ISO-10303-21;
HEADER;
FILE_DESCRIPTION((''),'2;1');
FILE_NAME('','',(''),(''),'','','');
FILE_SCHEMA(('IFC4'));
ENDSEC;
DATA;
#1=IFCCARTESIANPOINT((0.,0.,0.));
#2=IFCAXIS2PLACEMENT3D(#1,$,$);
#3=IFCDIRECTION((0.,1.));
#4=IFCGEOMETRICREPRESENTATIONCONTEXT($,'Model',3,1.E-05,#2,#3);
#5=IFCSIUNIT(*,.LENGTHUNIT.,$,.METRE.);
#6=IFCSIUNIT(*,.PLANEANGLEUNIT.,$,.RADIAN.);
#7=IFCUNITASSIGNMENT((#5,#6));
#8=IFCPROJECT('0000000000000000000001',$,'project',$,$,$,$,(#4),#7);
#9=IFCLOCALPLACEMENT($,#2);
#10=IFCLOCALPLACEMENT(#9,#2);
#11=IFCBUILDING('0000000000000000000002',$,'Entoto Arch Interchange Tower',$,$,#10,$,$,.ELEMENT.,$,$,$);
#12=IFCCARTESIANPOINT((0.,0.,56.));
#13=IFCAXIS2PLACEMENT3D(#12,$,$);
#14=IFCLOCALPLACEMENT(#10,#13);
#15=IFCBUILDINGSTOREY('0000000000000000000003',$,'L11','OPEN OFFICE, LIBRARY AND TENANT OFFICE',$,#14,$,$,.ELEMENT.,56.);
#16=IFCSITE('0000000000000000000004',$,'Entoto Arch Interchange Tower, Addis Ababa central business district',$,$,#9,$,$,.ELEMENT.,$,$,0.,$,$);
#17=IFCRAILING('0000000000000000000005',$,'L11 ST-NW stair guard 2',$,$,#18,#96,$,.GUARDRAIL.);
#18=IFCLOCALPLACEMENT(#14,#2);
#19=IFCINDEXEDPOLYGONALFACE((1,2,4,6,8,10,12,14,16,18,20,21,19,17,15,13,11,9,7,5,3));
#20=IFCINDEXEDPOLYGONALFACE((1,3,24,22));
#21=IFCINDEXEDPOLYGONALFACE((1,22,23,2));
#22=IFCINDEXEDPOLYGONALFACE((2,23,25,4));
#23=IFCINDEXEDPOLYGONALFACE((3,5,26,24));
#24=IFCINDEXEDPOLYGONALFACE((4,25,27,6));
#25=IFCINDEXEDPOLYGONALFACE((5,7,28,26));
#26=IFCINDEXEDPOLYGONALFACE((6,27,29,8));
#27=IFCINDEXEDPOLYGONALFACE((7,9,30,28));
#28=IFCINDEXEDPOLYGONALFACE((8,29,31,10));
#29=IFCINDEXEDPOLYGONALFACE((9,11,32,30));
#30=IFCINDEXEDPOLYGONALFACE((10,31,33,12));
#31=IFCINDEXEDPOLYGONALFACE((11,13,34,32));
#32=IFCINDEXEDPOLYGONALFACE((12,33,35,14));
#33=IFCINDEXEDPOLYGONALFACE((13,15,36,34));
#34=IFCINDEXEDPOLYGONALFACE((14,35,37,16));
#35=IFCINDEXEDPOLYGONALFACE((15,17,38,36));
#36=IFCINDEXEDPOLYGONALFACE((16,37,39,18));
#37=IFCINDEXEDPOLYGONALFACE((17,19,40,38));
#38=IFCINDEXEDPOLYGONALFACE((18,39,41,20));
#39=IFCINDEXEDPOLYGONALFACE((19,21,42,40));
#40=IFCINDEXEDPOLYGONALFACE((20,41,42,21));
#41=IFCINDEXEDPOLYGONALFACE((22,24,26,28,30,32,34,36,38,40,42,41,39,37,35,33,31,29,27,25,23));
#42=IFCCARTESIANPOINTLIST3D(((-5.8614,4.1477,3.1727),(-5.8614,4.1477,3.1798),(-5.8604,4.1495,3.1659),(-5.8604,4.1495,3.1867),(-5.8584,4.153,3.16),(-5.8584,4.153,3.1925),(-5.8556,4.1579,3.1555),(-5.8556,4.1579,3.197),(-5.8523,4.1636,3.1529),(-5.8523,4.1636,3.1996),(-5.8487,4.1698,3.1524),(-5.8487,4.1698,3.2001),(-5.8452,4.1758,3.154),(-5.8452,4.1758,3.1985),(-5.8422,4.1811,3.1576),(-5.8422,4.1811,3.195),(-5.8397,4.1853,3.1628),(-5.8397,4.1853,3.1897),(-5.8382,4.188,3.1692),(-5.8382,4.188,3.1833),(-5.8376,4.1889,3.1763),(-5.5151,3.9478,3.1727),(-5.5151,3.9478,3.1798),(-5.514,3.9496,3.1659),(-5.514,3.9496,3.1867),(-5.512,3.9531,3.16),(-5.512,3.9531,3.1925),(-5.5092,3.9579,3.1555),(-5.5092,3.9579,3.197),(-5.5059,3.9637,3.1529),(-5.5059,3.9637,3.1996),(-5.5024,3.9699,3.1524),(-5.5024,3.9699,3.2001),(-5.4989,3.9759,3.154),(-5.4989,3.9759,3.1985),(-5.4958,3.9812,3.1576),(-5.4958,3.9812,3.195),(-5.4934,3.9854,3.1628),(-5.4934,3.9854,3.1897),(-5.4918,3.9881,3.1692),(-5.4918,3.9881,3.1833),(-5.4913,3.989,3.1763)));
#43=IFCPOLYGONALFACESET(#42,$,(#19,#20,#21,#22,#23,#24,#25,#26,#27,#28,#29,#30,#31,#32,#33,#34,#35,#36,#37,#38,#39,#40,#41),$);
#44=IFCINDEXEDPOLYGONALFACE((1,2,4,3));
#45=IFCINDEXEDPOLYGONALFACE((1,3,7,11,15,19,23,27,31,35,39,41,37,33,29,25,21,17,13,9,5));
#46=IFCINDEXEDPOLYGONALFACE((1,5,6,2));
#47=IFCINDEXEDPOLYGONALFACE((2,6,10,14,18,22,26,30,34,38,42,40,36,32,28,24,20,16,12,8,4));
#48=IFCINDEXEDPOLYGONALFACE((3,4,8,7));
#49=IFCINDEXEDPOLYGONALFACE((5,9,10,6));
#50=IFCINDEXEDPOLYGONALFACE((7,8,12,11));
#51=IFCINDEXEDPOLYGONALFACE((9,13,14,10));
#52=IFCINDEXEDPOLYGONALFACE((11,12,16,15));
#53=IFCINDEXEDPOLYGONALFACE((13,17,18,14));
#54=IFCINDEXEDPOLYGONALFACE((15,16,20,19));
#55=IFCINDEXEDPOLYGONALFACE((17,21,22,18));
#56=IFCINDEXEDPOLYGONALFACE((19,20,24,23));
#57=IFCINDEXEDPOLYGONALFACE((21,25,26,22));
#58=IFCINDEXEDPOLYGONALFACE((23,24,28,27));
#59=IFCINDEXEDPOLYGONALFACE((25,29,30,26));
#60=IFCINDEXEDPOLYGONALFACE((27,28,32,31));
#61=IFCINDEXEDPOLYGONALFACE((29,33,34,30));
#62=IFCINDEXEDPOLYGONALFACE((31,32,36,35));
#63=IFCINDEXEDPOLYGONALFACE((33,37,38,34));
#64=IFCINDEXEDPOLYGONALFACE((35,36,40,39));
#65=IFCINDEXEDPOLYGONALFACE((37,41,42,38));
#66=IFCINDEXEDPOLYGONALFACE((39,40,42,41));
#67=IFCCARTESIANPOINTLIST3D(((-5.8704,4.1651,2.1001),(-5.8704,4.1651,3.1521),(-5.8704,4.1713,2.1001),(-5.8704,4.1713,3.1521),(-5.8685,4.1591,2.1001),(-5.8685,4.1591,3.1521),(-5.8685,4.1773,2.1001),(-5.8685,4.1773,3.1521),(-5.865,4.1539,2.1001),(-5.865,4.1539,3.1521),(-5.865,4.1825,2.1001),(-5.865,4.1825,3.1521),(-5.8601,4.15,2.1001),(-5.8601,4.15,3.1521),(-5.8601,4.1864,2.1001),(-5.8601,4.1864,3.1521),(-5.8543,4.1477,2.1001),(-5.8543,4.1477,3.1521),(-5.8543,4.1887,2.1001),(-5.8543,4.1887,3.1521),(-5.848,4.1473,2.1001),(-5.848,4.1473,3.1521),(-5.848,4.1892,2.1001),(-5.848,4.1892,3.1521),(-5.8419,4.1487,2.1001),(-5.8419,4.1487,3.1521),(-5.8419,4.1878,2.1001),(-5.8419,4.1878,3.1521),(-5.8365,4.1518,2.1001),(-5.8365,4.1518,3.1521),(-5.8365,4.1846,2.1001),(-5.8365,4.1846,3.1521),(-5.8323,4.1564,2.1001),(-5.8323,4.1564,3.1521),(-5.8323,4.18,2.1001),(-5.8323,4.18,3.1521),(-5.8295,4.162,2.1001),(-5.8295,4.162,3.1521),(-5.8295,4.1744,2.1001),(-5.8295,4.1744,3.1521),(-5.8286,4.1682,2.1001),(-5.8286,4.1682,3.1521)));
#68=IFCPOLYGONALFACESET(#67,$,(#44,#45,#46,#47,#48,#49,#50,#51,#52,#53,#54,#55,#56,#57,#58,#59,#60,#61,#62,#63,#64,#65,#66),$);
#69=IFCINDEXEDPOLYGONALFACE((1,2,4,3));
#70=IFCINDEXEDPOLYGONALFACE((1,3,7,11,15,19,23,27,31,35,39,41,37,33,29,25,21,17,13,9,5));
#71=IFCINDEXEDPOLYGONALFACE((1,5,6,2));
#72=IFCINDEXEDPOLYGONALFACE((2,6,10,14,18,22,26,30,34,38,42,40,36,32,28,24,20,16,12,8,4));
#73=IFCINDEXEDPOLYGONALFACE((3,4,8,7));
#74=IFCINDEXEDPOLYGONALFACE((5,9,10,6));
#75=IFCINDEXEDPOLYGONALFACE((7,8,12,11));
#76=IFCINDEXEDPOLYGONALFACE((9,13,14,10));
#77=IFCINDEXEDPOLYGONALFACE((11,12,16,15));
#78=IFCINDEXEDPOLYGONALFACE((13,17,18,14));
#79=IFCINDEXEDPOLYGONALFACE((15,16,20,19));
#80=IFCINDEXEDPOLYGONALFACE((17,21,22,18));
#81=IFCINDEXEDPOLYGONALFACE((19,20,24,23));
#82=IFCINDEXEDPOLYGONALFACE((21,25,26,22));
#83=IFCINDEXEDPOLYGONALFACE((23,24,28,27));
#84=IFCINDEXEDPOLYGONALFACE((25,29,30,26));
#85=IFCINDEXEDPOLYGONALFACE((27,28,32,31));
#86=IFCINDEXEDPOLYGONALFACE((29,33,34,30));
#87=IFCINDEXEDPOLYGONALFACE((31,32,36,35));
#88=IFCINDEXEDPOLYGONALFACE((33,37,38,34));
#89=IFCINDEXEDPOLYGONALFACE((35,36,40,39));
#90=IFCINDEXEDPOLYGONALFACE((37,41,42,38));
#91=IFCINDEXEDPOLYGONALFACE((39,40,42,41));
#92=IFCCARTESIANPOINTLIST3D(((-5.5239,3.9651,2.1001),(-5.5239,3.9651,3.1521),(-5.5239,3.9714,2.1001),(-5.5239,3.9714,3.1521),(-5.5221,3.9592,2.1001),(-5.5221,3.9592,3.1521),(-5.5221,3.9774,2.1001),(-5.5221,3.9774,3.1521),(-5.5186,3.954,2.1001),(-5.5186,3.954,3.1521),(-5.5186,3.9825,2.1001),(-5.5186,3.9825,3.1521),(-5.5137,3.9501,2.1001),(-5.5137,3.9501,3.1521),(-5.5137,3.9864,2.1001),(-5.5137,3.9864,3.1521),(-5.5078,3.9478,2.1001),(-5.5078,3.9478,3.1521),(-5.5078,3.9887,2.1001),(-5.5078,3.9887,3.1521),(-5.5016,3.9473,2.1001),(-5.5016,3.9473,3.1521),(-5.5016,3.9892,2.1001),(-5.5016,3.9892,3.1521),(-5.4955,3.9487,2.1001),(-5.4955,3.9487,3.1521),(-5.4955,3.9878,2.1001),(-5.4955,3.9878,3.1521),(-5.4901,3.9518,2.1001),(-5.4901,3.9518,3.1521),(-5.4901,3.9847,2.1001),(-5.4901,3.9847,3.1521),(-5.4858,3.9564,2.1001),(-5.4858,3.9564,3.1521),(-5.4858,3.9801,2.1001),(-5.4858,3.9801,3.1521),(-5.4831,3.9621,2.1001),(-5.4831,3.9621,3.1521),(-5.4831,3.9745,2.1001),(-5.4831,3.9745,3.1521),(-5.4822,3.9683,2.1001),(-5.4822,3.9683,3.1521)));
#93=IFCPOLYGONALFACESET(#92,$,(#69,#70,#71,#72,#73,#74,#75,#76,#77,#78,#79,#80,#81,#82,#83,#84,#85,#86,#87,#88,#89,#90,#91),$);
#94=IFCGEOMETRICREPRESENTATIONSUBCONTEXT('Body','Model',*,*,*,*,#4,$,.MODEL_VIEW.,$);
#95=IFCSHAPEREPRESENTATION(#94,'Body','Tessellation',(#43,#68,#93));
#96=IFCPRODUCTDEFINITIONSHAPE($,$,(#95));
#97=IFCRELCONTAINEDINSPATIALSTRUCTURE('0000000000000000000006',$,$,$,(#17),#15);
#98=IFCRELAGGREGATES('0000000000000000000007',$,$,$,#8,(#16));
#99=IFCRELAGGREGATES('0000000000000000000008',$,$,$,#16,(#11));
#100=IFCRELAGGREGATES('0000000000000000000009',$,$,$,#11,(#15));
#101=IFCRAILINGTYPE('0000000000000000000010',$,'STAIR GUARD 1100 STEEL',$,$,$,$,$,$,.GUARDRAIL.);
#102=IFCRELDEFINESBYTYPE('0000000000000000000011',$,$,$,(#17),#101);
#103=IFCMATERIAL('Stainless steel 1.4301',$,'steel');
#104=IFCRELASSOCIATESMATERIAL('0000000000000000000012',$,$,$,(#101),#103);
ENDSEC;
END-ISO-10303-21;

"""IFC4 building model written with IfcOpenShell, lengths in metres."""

from ifc_helpers import new_model, si_unit, direction, frame, origin, origin_2d, place, context, subcontext, project, spatial, circle, extrude, material, type_object, element, save


model = new_model("IFC4")

# Units and contexts
model_context = context("Model", 3, precision=1e-05, world=origin(), true_north=direction((0.0, 1.0)))
body_context = subcontext(model_context, "Body", "Model", "MODEL_VIEW")
ifc_project = project(units=[si_unit("LENGTHUNIT", "METRE"), si_unit("PLANEANGLEUNIT", "RADIAN")], contexts=[model_context])

# Site, building, storey
site_placement = place(None, origin())
site = spatial("IfcSite", under=ifc_project, at=site_placement, Name="Entoto Arch Interchange Tower, Addis Ababa central business district", CompositionType="ELEMENT", RefElevation=0.0)
building_placement = place(site_placement, origin())
building = spatial("IfcBuilding", under=site, at=building_placement, Name="Entoto Arch Interchange Tower", CompositionType="ELEMENT")
storey_placement = place(building_placement, frame((0.0, 0.0, 56.0)))
storey = spatial("IfcBuildingStorey", under=building, at=storey_placement, Name="L11", Description="OPEN OFFICE, LIBRARY AND TENANT OFFICE", CompositionType="ELEMENT", Elevation=56.0)

# Railing
ifc_material_1 = material(Name="Stainless steel 1.4301", Category="steel")
railing_type_1 = type_object("IfcRailingType", Name="STAIR GUARD 1100 STEEL", PredefinedType="GUARDRAIL", material=ifc_material_1)
railing_1_placement = place(storey_placement, frame((-5.8496, 4.1682, 2.1001)))
element("IfcRailing", 1, at=railing_1_placement, inside=storey, type_object=railing_type_1, Name="L11 ST-NW stair guard 2", PredefinedType="GUARDRAIL", context=body_context, shape_type="SweptSolid", body=[
    extrude(circle(Radius=0.0239, at=origin_2d()), frame((0.0, 0.0, 1.0762), z_axis=(0.866094, -0.499881, 0.0), x_axis=(0.499881, 0.866094, 0.0)), (0.0, 0.0, 1.0), 0.3999),
    extrude(circle(Radius=0.021, at=origin_2d()), origin(), (0.0, 0.0, 1.0), 1.052),
    extrude(circle(Radius=0.021, at=origin_2d()), frame((0.3464, -0.2, 0.0)), (0.0, 0.0, 1.0), 1.052),
])

save(model, "model.ifc")
